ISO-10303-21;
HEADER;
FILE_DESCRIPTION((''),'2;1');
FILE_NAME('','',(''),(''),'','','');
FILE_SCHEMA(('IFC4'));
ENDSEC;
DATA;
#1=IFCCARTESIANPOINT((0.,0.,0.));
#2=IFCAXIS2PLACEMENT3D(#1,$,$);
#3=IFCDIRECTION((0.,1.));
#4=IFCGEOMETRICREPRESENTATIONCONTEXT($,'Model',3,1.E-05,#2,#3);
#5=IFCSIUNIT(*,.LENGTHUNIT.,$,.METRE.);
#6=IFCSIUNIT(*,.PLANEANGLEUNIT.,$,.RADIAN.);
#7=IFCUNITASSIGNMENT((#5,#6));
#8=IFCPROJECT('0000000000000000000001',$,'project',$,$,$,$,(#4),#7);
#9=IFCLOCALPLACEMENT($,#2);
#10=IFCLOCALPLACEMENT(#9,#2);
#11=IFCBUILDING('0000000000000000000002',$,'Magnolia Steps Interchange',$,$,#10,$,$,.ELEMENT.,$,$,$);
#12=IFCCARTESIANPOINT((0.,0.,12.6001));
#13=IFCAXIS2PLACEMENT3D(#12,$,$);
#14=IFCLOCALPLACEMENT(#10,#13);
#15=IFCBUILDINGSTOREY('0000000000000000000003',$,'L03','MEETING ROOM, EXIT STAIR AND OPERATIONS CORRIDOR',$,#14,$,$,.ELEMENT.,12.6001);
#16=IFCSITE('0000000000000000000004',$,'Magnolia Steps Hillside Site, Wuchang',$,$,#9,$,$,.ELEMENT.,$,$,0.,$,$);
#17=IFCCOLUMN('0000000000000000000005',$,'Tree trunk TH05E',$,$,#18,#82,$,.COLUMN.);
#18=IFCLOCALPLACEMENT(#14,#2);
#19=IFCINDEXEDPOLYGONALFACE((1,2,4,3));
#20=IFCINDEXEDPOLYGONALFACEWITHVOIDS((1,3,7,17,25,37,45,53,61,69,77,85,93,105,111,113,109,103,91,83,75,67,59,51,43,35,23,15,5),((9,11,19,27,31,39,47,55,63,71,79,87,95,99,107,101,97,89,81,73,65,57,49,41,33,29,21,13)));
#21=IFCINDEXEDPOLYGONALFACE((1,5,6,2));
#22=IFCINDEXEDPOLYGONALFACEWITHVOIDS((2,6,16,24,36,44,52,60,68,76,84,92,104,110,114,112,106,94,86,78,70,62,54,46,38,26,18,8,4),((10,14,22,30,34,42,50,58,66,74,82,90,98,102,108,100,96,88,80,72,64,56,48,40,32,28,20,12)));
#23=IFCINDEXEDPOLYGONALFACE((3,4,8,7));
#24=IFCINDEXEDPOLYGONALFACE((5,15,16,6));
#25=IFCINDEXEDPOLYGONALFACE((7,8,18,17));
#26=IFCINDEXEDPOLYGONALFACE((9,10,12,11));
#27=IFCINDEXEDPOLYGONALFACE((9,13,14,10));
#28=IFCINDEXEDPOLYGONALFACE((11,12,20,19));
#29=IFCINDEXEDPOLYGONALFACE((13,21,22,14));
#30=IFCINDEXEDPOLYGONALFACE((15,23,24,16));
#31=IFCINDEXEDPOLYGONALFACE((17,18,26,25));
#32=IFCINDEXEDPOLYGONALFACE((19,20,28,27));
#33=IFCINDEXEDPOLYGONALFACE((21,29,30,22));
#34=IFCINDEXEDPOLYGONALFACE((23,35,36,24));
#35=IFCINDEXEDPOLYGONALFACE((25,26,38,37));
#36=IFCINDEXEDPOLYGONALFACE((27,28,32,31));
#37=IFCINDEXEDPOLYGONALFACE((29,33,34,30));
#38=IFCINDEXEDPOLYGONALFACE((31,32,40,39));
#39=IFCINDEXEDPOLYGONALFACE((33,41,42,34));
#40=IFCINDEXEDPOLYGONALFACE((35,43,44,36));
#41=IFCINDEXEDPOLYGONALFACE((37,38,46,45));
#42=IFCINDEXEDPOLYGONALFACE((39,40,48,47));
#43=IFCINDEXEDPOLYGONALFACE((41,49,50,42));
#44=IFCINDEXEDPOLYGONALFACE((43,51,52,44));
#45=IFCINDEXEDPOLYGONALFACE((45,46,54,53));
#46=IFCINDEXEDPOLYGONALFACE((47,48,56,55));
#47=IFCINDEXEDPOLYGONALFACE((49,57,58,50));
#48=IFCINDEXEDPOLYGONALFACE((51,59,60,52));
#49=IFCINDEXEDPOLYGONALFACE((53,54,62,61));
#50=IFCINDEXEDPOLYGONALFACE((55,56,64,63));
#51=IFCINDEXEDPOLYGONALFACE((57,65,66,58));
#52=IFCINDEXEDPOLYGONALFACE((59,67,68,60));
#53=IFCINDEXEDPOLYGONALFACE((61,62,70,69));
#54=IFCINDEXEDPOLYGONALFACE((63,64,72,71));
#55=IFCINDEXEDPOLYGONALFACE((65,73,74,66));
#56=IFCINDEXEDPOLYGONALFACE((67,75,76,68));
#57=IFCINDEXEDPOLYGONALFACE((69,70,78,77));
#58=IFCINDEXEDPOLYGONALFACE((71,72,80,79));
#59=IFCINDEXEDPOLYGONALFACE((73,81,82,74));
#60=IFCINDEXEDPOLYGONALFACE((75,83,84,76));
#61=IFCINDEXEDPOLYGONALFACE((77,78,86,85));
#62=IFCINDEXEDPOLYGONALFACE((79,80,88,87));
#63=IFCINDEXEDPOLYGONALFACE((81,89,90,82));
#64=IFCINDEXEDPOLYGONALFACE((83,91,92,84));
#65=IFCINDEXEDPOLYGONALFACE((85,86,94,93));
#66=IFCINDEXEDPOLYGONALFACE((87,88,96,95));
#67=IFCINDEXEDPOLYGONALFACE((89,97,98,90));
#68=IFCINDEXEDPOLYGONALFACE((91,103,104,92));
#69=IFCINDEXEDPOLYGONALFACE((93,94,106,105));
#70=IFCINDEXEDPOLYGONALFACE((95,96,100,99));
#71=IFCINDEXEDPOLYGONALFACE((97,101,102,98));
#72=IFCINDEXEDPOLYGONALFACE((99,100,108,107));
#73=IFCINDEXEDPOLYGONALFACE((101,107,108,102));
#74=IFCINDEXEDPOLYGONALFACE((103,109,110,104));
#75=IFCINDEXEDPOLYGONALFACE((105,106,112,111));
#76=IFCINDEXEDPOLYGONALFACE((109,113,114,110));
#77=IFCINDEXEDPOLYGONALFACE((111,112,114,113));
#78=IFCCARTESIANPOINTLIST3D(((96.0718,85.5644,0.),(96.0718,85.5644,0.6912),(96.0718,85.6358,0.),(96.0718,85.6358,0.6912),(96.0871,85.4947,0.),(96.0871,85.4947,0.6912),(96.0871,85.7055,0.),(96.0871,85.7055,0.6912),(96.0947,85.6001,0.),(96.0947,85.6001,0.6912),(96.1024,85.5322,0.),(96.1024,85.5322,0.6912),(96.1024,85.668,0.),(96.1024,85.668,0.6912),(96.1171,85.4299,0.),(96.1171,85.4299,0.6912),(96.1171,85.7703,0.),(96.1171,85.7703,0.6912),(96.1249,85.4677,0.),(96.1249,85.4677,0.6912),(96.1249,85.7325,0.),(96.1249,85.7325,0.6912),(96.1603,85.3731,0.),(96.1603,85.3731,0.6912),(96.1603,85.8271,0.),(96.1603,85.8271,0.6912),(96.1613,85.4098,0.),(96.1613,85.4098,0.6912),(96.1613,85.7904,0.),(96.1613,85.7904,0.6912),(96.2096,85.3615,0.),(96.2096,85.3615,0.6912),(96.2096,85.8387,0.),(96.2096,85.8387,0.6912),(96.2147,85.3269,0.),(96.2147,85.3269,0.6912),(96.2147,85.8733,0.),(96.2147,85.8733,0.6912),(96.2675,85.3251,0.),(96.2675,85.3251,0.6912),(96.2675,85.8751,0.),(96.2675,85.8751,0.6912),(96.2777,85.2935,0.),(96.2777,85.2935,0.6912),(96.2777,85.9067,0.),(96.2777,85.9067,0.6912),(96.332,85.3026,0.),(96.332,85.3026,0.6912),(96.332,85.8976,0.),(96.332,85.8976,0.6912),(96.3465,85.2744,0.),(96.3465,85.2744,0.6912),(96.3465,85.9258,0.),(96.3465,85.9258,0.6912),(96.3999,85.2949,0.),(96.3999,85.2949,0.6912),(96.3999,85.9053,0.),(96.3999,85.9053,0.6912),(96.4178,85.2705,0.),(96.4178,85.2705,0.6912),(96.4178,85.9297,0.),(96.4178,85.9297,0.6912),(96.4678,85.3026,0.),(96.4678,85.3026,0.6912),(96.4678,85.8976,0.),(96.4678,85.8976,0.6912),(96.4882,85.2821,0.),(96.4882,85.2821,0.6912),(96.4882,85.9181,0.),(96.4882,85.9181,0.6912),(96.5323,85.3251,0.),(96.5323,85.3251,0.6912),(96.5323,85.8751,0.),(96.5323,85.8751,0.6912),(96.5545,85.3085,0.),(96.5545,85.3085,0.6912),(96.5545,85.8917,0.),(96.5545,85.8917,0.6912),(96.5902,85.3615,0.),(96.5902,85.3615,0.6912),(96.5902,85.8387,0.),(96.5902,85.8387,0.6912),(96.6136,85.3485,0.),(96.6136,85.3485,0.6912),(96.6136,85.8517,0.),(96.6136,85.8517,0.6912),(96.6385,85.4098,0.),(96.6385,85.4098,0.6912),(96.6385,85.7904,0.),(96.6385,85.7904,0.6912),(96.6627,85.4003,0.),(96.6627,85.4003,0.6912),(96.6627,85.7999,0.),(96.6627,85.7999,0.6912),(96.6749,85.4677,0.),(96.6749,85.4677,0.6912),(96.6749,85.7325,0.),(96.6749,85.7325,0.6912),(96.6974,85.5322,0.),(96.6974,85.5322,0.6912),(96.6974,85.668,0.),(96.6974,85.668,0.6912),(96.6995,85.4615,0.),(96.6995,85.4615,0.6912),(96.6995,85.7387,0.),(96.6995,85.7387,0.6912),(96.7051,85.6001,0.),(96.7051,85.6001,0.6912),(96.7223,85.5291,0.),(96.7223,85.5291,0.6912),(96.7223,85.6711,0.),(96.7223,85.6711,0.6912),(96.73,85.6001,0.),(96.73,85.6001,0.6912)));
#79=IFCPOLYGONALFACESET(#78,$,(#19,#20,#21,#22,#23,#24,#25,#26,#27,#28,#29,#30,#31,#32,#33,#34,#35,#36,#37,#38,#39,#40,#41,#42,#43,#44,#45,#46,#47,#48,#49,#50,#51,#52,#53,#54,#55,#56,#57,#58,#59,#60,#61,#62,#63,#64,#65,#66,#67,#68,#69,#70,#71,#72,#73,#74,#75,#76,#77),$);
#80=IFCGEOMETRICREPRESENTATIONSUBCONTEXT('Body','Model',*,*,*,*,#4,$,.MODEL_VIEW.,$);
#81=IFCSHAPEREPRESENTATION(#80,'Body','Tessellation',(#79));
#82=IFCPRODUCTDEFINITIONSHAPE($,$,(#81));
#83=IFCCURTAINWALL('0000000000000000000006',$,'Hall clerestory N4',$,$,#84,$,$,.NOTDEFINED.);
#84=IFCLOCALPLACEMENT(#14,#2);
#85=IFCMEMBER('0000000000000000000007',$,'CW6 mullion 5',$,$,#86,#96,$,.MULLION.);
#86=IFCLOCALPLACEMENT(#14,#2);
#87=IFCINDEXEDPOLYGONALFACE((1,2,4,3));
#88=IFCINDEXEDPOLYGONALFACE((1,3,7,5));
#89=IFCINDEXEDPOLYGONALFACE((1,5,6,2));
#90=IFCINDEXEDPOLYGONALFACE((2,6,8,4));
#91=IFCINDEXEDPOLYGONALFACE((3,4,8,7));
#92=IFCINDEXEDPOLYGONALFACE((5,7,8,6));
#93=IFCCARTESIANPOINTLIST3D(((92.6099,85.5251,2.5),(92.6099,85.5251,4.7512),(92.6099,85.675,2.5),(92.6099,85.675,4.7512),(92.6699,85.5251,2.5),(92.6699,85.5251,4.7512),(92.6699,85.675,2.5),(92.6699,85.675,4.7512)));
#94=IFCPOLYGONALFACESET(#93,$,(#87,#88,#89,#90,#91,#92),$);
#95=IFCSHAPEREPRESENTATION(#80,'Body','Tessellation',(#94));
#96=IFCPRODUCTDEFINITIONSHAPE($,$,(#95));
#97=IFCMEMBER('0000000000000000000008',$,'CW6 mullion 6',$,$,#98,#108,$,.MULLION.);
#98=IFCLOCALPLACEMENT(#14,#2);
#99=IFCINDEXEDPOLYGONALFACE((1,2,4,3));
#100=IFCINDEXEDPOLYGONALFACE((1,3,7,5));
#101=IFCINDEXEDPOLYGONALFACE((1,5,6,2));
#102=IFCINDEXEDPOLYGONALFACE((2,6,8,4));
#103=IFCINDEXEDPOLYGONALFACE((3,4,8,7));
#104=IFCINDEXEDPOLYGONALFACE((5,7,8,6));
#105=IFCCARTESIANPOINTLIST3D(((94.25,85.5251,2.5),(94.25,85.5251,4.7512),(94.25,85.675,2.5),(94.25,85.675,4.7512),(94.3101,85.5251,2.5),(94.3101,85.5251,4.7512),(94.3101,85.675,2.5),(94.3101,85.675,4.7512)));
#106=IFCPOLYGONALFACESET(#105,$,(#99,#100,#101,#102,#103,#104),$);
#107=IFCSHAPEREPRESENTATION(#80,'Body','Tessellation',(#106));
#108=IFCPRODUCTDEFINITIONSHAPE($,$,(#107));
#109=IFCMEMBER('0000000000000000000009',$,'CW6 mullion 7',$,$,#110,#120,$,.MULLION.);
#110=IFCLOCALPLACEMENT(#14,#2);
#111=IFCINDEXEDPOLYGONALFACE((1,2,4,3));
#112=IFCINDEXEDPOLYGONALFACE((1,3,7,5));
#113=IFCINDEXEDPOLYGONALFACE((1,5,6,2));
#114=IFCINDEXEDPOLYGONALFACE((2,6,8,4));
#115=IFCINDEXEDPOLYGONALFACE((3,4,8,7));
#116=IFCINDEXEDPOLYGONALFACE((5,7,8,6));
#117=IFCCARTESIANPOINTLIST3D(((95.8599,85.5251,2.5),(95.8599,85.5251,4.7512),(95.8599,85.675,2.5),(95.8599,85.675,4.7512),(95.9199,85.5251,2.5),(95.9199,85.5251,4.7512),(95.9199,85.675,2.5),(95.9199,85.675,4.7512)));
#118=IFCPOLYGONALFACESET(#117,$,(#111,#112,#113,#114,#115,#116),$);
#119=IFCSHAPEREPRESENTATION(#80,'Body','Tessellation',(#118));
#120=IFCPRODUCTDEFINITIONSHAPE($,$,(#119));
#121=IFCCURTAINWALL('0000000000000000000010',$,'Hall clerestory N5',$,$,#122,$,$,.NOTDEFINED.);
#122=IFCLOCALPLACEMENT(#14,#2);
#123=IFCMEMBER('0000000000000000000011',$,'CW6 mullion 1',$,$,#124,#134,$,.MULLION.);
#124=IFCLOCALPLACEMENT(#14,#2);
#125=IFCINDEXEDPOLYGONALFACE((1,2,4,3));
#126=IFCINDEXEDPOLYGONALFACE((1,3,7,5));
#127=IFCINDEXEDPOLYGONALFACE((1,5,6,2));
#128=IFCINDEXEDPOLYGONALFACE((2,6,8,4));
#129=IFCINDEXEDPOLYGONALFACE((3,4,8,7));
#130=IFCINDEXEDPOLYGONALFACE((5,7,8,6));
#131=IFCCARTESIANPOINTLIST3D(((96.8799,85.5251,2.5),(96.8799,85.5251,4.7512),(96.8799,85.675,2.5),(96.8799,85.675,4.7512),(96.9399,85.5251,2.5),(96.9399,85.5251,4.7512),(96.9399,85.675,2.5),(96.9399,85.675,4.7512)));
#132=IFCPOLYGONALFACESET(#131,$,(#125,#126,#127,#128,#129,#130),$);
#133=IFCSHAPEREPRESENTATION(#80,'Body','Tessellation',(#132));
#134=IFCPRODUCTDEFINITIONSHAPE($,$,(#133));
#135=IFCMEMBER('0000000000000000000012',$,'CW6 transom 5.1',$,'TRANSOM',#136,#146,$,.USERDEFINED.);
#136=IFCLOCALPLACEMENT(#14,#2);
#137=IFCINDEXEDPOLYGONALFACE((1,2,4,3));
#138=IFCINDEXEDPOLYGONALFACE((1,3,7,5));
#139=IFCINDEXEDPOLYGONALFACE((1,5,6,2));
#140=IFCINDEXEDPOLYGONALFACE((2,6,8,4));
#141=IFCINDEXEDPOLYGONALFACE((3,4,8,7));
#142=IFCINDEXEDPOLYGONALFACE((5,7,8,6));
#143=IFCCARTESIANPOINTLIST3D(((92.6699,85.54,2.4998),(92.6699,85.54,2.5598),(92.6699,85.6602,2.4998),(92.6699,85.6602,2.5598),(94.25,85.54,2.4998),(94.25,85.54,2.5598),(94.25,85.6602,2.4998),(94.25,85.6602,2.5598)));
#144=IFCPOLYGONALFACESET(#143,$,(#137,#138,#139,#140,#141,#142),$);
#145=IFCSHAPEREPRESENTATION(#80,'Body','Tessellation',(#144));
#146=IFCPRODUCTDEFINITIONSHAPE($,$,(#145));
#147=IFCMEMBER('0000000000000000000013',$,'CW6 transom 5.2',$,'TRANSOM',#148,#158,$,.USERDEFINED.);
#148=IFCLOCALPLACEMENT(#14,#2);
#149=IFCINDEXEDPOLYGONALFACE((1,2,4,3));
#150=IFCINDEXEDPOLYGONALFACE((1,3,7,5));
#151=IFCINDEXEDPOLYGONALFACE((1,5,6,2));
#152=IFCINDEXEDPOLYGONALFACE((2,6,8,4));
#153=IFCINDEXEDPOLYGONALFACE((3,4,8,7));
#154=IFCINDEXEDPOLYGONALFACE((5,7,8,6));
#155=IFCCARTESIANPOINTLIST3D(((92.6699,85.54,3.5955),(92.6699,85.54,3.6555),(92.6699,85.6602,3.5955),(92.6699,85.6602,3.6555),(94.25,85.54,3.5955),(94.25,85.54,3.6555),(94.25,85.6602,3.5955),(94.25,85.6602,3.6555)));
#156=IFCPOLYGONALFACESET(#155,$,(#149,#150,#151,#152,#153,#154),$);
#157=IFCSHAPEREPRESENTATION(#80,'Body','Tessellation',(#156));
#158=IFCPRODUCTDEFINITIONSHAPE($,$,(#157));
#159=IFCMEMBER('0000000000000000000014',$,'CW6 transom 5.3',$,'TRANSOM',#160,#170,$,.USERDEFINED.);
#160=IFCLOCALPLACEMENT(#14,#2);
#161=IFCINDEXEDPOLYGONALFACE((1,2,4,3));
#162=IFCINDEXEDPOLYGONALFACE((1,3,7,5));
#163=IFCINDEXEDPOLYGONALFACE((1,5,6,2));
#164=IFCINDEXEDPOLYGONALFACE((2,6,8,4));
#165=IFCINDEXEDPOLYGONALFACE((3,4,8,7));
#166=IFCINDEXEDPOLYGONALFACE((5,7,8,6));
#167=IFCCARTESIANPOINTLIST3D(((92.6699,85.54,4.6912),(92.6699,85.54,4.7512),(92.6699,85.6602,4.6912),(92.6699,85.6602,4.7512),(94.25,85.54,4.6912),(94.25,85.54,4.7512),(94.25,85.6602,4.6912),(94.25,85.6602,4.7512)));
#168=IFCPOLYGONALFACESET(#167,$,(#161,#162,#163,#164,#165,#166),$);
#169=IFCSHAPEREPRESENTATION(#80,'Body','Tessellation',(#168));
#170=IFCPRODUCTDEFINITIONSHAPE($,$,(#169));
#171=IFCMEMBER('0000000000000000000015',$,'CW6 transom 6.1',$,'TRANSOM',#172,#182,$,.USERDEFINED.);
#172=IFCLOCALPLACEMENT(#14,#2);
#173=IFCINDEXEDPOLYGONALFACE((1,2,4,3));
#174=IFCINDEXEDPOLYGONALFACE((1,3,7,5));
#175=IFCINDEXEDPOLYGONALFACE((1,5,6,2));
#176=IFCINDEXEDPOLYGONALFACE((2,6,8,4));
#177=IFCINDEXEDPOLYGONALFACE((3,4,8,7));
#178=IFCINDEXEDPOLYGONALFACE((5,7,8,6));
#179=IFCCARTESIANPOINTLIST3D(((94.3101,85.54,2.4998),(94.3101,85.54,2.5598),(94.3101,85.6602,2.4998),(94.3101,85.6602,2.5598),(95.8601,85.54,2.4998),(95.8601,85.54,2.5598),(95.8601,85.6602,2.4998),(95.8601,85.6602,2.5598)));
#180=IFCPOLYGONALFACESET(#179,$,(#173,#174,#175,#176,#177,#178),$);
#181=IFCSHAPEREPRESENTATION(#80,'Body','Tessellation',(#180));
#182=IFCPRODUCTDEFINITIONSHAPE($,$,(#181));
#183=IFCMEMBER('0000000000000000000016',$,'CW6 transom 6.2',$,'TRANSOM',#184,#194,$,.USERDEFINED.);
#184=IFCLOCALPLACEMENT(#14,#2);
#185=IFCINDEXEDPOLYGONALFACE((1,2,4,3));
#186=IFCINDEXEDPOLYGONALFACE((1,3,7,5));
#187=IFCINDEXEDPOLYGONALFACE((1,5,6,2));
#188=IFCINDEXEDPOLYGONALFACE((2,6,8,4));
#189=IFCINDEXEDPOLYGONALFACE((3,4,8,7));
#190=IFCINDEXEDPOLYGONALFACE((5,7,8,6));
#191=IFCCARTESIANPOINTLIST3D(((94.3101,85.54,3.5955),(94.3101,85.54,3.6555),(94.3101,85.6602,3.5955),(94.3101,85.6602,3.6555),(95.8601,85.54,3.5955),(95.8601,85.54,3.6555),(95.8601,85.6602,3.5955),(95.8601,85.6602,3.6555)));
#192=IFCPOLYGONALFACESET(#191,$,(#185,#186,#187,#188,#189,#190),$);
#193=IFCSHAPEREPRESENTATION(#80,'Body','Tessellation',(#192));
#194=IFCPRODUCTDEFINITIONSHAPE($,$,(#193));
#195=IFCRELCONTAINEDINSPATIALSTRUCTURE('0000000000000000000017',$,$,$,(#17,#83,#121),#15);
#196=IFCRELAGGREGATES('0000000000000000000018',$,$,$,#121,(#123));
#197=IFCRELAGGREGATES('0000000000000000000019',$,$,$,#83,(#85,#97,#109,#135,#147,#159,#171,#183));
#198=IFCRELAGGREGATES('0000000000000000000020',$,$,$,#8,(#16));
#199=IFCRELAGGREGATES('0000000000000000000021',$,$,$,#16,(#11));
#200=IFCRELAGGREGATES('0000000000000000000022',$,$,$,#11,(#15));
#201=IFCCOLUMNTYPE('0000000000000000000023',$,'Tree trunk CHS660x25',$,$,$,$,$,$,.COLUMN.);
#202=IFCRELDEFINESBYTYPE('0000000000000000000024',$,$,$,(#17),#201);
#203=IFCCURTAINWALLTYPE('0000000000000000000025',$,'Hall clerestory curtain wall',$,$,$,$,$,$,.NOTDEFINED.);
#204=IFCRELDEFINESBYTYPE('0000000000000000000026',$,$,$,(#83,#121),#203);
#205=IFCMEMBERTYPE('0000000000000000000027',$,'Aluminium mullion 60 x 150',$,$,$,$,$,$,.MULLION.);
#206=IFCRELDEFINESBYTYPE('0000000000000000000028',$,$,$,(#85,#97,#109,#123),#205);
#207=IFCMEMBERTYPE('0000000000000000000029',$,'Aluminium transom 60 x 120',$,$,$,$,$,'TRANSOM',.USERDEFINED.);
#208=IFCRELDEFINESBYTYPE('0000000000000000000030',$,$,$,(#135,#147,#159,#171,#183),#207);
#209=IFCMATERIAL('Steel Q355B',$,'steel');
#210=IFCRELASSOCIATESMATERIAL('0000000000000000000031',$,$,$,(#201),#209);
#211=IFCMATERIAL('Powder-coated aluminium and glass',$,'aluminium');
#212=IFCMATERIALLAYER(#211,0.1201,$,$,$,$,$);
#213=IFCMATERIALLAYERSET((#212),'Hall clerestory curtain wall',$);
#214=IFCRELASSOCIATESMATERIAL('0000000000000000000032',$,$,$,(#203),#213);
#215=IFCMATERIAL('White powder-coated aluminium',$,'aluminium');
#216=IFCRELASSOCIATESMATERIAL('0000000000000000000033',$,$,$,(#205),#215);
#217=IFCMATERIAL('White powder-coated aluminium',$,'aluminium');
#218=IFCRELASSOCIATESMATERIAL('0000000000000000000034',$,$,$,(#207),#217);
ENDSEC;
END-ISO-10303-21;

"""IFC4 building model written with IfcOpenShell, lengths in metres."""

from ifc_helpers import new_model, si_unit, direction, frame, origin, origin_2d, place, context, subcontext, project, spatial, rectangle, hollow_circle, extrude, material, layer, layer_set, material_profile, profile_set, type_object, element, aggregate, save


model = new_model("IFC4")

# Units and contexts
model_context = context("Model", 3, precision=1e-05, world=origin(), true_north=direction((0.0, 1.0)))
body_context = subcontext(model_context, "Body", "Model", "MODEL_VIEW")
ifc_project = project(units=[si_unit("LENGTHUNIT", "METRE"), si_unit("PLANEANGLEUNIT", "RADIAN")], contexts=[model_context])

# Site, building, storey
site_placement = place(None, origin())
site = spatial("IfcSite", under=ifc_project, at=site_placement, Name="Magnolia Steps Hillside Site, Wuchang", CompositionType="ELEMENT", RefElevation=0.0)
building_placement = place(site_placement, origin())
building = spatial("IfcBuilding", under=site, at=building_placement, Name="Magnolia Steps Interchange", CompositionType="ELEMENT")
storey_placement = place(building_placement, frame((0.0, 0.0, 12.6001)))
storey = spatial("IfcBuildingStorey", under=building, at=storey_placement, Name="L03", Description="MEETING ROOM, EXIT STAIR AND OPERATIONS CORRIDOR", CompositionType="ELEMENT", Elevation=12.6001)

# Column
ifc_material_1 = material(Name="Steel Q355B", Category="steel")
ifc_material_profile_1 = material_profile(ifc_material_1, hollow_circle(Radius=0.3301, WallThickness=0.0249, at=origin_2d()), Name="CHS660x25")
ifc_profile_set_1 = profile_set([ifc_material_profile_1], Name="Steel Q355B")
column_type = type_object("IfcColumnType", Name="Tree trunk CHS660x25", PredefinedType="COLUMN", material=ifc_profile_set_1)
column_placement = place(storey_placement, frame((96.3999, 85.6001, 0.0), z_axis=(0.0, 0.0, 1.0), x_axis=(1.0, 0.0, 0.0)))
element("IfcColumn", 1, at=column_placement, inside=storey, type_object=column_type, Name="Tree trunk TH05E", PredefinedType="COLUMN", context=body_context, shape_type="SweptSolid", body=[
    extrude(hollow_circle(Radius=0.3301, WallThickness=0.0249, at=origin_2d()), origin(), (0.0, 0.0, 1.0), 0.6912),
])

# Curtain wall, members
ifc_material_2 = material(Name="Powder-coated aluminium and glass", Category="aluminium")
ifc_layer_1 = layer(ifc_material_2, 0.1201)
ifc_layer_set_1 = layer_set([ifc_layer_1], Name="Hall clerestory curtain wall")
curtain_wall_type = type_object("IfcCurtainWallType", Name="Hall clerestory curtain wall", PredefinedType="NOTDEFINED", material=ifc_layer_set_1)
curtain_wall_1_placement = place(storey_placement, origin())
curtain_wall_1 = element("IfcCurtainWall", 2, at=curtain_wall_1_placement, inside=storey, type_object=curtain_wall_type, Name="Hall clerestory N4", PredefinedType="NOTDEFINED")
ifc_material_3 = material(Name="White powder-coated aluminium", Category="aluminium")
ifc_material_profile_2 = material_profile(ifc_material_3, rectangle(XDim=0.0601, YDim=0.1499, at=origin_2d()), Name="Aluminium mullion 60 x 150")
ifc_profile_set_2 = profile_set([ifc_material_profile_2], Name="White powder-coated aluminium")
member_type_1 = type_object("IfcMemberType", Name="Aluminium mullion 60 x 150", PredefinedType="MULLION", material=ifc_profile_set_2)
member_1_placement = place(storey_placement, frame((92.6399, 85.6001, 2.5), z_axis=(0.0, 0.0, 1.0), x_axis=(1.0, 0.0, 0.0)))
member_1 = element("IfcMember", 3, at=member_1_placement, type_object=member_type_1, Name="CW6 mullion 5", PredefinedType="MULLION", context=body_context, shape_type="SweptSolid", body=[
    extrude(rectangle(XDim=0.0601, YDim=0.1499, at=origin_2d()), origin(), (0.0, 0.0, 1.0), 2.2512),
])
member_2_placement = place(storey_placement, frame((94.28, 85.6001, 2.5), z_axis=(0.0, 0.0, 1.0), x_axis=(1.0, 0.0, 0.0)))
member_2 = element("IfcMember", 4, at=member_2_placement, type_object=member_type_1, Name="CW6 mullion 6", PredefinedType="MULLION", context=body_context, shape_type="SweptSolid", body=[
    extrude(rectangle(XDim=0.0601, YDim=0.1499, at=origin_2d()), origin(), (0.0, 0.0, 1.0), 2.2512),
])
member_3_placement = place(storey_placement, frame((95.8899, 85.6001, 2.5), z_axis=(0.0, 0.0, 1.0), x_axis=(1.0, 0.0, 0.0)))
member_3 = element("IfcMember", 5, at=member_3_placement, type_object=member_type_1, Name="CW6 mullion 7", PredefinedType="MULLION", context=body_context, shape_type="SweptSolid", body=[
    extrude(rectangle(XDim=0.0601, YDim=0.1499, at=origin_2d()), origin(), (0.0, 0.0, 1.0), 2.2512),
])

# Curtain wall, member
curtain_wall_2_placement = place(storey_placement, origin())
curtain_wall_2 = element("IfcCurtainWall", 6, at=curtain_wall_2_placement, inside=storey, type_object=curtain_wall_type, Name="Hall clerestory N5", PredefinedType="NOTDEFINED")
member_4_placement = place(storey_placement, frame((96.9099, 85.6001, 2.5), z_axis=(0.0, 0.0, 1.0), x_axis=(1.0, 0.0, 0.0)))
member_4 = element("IfcMember", 7, at=member_4_placement, type_object=member_type_1, Name="CW6 mullion 1", PredefinedType="MULLION", context=body_context, shape_type="SweptSolid", body=[
    extrude(rectangle(XDim=0.0601, YDim=0.1499, at=origin_2d()), origin(), (0.0, 0.0, 1.0), 2.2512),
])

# Members
ifc_material_4 = material(Name="White powder-coated aluminium", Category="aluminium")
ifc_material_profile_3 = material_profile(ifc_material_4, rectangle(XDim=0.0601, YDim=0.1201, at=origin_2d()), Name="Aluminium transom 60 x 120")
ifc_profile_set_3 = profile_set([ifc_material_profile_3], Name="White powder-coated aluminium")
member_type_2 = type_object("IfcMemberType", Name="Aluminium transom 60 x 120", ElementType="TRANSOM", PredefinedType="USERDEFINED", material=ifc_profile_set_3)
member_5_placement = place(storey_placement, frame((92.6699, 85.6001, 2.5298), z_axis=(1.0, 0.0, 0.0), x_axis=(0.0, 0.0, 1.0)))
member_5 = element("IfcMember", 8, at=member_5_placement, type_object=member_type_2, Name="CW6 transom 5.1", ObjectType="TRANSOM", PredefinedType="USERDEFINED", context=body_context, shape_type="SweptSolid", body=[
    extrude(rectangle(XDim=0.0601, YDim=0.1201, at=origin_2d()), origin(), (0.0, 0.0, 1.0), 1.5801),
])
member_6_placement = place(storey_placement, frame((92.6699, 85.6001, 3.6255), z_axis=(1.0, 0.0, 0.0), x_axis=(0.0, 0.0, 1.0)))
member_6 = element("IfcMember", 9, at=member_6_placement, type_object=member_type_2, Name="CW6 transom 5.2", ObjectType="TRANSOM", PredefinedType="USERDEFINED", context=body_context, shape_type="SweptSolid", body=[
    extrude(rectangle(XDim=0.0601, YDim=0.1201, at=origin_2d()), origin(), (0.0, 0.0, 1.0), 1.5801),
])
member_7_placement = place(storey_placement, frame((92.6699, 85.6001, 4.7212), z_axis=(1.0, 0.0, 0.0), x_axis=(0.0, 0.0, 1.0)))
member_7 = element("IfcMember", 10, at=member_7_placement, type_object=member_type_2, Name="CW6 transom 5.3", ObjectType="TRANSOM", PredefinedType="USERDEFINED", context=body_context, shape_type="SweptSolid", body=[
    extrude(rectangle(XDim=0.0601, YDim=0.1201, at=origin_2d()), origin(), (0.0, 0.0, 1.0), 1.5801),
])
member_8_placement = place(storey_placement, frame((94.3101, 85.6001, 2.5298), z_axis=(1.0, 0.0, 0.0), x_axis=(0.0, 0.0, 1.0)))
member_8 = element("IfcMember", 11, at=member_8_placement, type_object=member_type_2, Name="CW6 transom 6.1", ObjectType="TRANSOM", PredefinedType="USERDEFINED", context=body_context, shape_type="SweptSolid", body=[
    extrude(rectangle(XDim=0.0601, YDim=0.1201, at=origin_2d()), origin(), (0.0, 0.0, 1.0), 1.55),
])
member_9_placement = place(storey_placement, frame((94.3101, 85.6001, 3.6255), z_axis=(1.0, 0.0, 0.0), x_axis=(0.0, 0.0, 1.0)))
member_9 = element("IfcMember", 12, at=member_9_placement, type_object=member_type_2, Name="CW6 transom 6.2", ObjectType="TRANSOM", PredefinedType="USERDEFINED", context=body_context, shape_type="SweptSolid", body=[
    extrude(rectangle(XDim=0.0601, YDim=0.1201, at=origin_2d()), origin(), (0.0, 0.0, 1.0), 1.55),
])
aggregate(curtain_wall_2, [member_4])

aggregate(curtain_wall_1, [member_1, member_2, member_3, member_5, member_6, member_7, member_8, member_9])

save(model, "model.ifc")
